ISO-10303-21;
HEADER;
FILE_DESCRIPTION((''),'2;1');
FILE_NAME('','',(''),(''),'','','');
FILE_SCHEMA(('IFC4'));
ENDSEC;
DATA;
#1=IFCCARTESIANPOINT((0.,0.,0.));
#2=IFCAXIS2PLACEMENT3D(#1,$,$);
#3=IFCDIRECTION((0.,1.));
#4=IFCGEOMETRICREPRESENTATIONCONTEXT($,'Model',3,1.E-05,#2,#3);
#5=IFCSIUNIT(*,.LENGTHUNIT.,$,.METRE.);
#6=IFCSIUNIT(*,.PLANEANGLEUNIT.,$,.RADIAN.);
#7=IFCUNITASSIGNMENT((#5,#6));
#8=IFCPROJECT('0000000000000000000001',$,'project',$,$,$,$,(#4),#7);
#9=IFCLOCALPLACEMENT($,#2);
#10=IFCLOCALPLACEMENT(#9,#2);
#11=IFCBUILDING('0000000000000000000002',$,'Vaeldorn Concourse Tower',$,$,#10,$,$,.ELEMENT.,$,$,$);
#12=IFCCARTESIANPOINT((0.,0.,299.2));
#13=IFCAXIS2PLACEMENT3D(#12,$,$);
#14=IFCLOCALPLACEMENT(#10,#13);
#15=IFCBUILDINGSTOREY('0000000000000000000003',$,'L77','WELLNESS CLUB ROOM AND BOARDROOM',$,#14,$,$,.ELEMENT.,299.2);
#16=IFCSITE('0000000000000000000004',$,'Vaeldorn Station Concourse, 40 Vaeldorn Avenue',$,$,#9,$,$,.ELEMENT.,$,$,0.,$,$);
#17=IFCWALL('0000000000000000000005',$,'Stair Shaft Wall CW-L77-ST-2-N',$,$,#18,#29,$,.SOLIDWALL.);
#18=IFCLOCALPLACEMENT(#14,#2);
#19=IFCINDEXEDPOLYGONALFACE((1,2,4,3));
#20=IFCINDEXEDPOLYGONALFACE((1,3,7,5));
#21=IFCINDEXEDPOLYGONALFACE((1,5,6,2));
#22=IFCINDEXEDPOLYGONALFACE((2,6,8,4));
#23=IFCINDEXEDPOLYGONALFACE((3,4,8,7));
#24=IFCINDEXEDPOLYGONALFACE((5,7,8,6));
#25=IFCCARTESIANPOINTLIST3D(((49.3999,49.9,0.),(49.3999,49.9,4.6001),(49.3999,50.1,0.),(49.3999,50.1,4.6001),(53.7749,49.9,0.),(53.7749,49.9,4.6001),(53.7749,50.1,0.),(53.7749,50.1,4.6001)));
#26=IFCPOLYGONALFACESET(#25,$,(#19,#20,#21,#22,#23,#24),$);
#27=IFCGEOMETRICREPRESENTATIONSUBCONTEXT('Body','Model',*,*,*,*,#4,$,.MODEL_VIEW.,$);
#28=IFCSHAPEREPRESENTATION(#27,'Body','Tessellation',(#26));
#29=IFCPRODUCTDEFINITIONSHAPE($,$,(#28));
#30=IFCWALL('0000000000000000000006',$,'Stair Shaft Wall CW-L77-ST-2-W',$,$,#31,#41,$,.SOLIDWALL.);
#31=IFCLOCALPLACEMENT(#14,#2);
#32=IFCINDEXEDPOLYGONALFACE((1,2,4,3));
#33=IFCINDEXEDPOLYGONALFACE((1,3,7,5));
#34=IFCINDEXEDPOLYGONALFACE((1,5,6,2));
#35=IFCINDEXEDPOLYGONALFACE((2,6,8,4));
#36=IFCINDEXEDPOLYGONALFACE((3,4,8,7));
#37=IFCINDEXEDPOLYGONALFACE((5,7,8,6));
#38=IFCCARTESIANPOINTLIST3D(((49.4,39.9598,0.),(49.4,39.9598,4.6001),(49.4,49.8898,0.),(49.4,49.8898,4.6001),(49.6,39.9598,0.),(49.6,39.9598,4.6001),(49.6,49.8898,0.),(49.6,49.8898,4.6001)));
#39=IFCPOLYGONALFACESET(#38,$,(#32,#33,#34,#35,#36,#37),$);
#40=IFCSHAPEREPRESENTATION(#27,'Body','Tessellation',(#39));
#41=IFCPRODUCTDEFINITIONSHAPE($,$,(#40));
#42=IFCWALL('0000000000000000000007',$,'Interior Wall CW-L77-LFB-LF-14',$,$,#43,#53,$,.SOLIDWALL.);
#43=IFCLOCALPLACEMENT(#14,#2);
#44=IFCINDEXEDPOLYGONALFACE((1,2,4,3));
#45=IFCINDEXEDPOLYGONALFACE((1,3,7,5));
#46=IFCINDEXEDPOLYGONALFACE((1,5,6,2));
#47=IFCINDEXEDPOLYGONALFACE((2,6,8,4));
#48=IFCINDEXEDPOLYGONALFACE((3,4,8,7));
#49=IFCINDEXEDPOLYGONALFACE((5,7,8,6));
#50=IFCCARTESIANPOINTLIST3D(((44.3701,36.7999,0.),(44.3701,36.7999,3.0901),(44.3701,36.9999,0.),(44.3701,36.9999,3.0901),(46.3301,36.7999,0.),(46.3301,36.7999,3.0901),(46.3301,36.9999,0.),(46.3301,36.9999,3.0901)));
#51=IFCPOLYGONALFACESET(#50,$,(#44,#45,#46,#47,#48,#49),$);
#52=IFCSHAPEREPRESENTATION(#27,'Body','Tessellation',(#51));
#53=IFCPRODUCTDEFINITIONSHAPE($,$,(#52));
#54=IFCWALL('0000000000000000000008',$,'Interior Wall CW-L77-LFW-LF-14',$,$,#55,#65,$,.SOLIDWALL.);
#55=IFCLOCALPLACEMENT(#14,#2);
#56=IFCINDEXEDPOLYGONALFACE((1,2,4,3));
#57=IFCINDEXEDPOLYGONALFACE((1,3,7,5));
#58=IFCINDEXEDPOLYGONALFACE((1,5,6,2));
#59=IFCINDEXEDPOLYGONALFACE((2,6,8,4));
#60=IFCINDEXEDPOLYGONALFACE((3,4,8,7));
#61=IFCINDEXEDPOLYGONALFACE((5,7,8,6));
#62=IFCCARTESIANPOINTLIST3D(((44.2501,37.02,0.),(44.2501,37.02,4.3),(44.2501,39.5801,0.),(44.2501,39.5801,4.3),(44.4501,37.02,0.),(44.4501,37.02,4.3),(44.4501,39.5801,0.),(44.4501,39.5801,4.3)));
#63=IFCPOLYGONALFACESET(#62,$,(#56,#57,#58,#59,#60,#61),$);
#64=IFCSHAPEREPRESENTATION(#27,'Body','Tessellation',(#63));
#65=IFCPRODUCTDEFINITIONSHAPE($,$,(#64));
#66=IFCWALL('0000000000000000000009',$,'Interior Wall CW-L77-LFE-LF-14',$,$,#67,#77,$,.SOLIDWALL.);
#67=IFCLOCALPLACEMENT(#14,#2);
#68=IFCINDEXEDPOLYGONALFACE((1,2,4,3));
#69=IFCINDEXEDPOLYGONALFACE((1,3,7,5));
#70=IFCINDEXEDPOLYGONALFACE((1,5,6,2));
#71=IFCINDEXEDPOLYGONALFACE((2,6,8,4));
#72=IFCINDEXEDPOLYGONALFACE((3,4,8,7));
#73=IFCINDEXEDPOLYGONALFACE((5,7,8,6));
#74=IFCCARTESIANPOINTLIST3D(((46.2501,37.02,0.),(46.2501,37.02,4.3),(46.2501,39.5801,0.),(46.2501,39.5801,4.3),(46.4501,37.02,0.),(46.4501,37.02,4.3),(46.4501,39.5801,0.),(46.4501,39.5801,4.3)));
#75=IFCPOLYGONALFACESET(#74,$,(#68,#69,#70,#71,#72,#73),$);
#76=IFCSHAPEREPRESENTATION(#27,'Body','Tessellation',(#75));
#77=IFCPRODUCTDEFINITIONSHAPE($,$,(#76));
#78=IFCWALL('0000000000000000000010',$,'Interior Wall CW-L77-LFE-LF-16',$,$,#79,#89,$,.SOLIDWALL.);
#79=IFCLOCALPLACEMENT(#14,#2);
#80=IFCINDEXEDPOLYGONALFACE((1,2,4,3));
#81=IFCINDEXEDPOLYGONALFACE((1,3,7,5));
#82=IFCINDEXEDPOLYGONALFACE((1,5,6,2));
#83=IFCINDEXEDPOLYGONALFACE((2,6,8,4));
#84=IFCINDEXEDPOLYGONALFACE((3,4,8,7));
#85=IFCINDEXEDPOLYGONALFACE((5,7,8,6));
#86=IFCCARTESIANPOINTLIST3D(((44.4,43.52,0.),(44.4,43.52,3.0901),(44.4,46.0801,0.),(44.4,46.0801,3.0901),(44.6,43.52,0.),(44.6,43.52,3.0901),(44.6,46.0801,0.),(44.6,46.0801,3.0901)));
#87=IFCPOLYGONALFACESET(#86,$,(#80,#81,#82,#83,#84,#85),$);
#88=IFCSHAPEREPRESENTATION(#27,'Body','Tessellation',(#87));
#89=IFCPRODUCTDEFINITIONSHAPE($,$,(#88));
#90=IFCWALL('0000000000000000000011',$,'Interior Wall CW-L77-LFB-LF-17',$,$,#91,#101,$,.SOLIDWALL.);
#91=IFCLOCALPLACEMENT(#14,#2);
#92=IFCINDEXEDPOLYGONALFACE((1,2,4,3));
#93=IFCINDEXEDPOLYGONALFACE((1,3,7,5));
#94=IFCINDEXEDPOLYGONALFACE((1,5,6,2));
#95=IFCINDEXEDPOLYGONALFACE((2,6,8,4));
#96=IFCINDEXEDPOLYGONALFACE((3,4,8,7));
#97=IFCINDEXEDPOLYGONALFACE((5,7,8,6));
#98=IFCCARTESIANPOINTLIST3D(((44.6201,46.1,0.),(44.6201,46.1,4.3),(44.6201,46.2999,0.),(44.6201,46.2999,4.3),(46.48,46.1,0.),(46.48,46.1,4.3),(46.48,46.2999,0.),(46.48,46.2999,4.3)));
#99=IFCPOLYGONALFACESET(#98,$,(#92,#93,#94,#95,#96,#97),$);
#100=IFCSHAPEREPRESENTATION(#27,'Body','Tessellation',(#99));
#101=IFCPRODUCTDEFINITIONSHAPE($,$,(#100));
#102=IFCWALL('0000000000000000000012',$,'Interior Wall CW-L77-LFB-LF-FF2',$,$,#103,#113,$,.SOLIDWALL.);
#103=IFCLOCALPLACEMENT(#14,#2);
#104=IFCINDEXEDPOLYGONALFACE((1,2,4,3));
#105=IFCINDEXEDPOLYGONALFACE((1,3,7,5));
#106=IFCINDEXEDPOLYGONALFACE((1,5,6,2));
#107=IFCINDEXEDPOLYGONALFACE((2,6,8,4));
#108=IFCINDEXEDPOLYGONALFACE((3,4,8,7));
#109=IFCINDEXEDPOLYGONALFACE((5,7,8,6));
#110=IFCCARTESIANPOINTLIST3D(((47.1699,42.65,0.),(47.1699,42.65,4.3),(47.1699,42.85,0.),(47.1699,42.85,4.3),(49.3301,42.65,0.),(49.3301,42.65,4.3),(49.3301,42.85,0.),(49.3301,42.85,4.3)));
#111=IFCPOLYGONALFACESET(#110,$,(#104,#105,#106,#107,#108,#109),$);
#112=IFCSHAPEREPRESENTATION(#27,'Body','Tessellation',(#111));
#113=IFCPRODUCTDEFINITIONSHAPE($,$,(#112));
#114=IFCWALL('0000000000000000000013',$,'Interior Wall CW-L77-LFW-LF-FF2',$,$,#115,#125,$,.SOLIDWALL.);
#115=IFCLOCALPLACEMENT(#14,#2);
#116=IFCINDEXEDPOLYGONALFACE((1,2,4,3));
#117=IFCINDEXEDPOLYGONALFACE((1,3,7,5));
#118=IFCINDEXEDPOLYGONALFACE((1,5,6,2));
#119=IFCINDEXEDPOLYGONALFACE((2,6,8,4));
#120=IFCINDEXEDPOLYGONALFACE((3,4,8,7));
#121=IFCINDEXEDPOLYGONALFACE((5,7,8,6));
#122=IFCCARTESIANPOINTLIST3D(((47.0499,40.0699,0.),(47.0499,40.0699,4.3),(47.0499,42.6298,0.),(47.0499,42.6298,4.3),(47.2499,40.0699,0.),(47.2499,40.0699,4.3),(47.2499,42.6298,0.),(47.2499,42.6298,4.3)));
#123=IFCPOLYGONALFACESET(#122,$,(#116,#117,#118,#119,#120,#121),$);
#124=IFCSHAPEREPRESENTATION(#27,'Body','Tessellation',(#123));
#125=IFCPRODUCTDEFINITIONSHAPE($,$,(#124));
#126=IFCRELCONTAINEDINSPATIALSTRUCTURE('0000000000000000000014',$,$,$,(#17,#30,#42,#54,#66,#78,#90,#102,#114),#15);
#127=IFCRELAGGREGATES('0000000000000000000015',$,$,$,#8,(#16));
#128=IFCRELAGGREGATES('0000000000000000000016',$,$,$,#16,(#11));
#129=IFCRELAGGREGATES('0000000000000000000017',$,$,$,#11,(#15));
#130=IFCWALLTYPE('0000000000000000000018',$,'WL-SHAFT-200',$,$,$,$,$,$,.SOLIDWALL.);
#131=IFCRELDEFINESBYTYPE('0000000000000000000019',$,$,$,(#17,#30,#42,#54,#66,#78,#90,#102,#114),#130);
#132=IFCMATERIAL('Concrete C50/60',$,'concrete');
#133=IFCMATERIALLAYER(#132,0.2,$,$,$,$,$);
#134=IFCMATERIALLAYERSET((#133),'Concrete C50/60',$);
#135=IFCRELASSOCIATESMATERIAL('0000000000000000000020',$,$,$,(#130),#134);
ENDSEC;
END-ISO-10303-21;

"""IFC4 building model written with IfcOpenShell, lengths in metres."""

from ifc_helpers import new_model, si_unit, direction, frame, frame_2d, origin, place, context, subcontext, project, spatial, rectangle, extrude, material, layer, layer_set, type_object, element, save


model = new_model("IFC4")

# Units and contexts
model_context = context("Model", 3, precision=1e-05, world=origin(), true_north=direction((0.0, 1.0)))
body_context = subcontext(model_context, "Body", "Model", "MODEL_VIEW")
ifc_project = project(units=[si_unit("LENGTHUNIT", "METRE"), si_unit("PLANEANGLEUNIT", "RADIAN")], contexts=[model_context])

# Site, building, storey
site_placement = place(None, origin())
site = spatial("IfcSite", under=ifc_project, at=site_placement, Name="Vaeldorn Station Concourse, 40 Vaeldorn Avenue", CompositionType="ELEMENT", RefElevation=0.0)
building_placement = place(site_placement, origin())
building = spatial("IfcBuilding", under=site, at=building_placement, Name="Vaeldorn Concourse Tower", CompositionType="ELEMENT")
storey_placement = place(building_placement, frame((0.0, 0.0, 299.2)))
storey = spatial("IfcBuildingStorey", under=building, at=storey_placement, Name="L77", Description="WELLNESS CLUB ROOM AND BOARDROOM", CompositionType="ELEMENT", Elevation=299.2)

# Shared definitions
ifc_material_1 = material(Name="Concrete C50/60", Category="concrete")

# Shared definitions
ifc_layer_1 = layer(ifc_material_1, 0.2)
ifc_layer_set_1 = layer_set([ifc_layer_1], Name="Concrete C50/60")
wall_type_1 = type_object("IfcWallType", Name="WL-SHAFT-200", PredefinedType="SOLIDWALL", material=ifc_layer_set_1)

# Walls
wall_1_placement = place(storey_placement, frame((49.3999, 50.0, 0.0), z_axis=(0.0, 0.0, 1.0), x_axis=(1.0, 0.0, 0.0)))
element("IfcWall", 1, at=wall_1_placement, inside=storey, type_object=wall_type_1, Name="Stair Shaft Wall CW-L77-ST-2-N", PredefinedType="SOLIDWALL", context=body_context, shape_type="SweptSolid", body=[
    extrude(rectangle(XDim=4.375, YDim=0.2, at=frame_2d((2.1875, 0.0))), origin(), (0.0, 0.0, 1.0), 4.6001),
])
wall_2_placement = place(storey_placement, frame((49.5, 39.96, 0.0), z_axis=(0.0, 0.0, 1.0), x_axis=(0.0, 1.0, 0.0)))
element("IfcWall", 2, at=wall_2_placement, inside=storey, type_object=wall_type_1, Name="Stair Shaft Wall CW-L77-ST-2-W", PredefinedType="SOLIDWALL", context=body_context, shape_type="SweptSolid", body=[
    extrude(rectangle(XDim=9.9299, YDim=0.2, at=frame_2d((4.9648, 0.0))), origin(), (0.0, 0.0, 1.0), 4.6001),
])

# Walls
wall_3_placement = place(storey_placement, frame((44.3701, 36.8999, 0.0), z_axis=(0.0, 0.0, 1.0), x_axis=(1.0, 0.0, 0.0)))
element("IfcWall", 3, at=wall_3_placement, inside=storey, type_object=wall_type_1, Name="Interior Wall CW-L77-LFB-LF-14", PredefinedType="SOLIDWALL", context=body_context, shape_type="SweptSolid", body=[
    extrude(rectangle(XDim=1.96, YDim=0.2, at=frame_2d((0.98, 0.0))), origin(), (0.0, 0.0, 1.0), 3.0901),
])
for number, where, z_axis, x_axis, name in (
    (4, (44.3501, 37.02, 0.0), (0.0, 0.0, 1.0), (0.0, 1.0, 0.0), "Interior Wall CW-L77-LFW-LF-14"),
    (5, (46.3501, 37.02, 0.0), (0.0, 0.0, 1.0), (0.0, 1.0, 0.0), "Interior Wall CW-L77-LFE-LF-14"),
):
    element("IfcWall", number, at=place(storey_placement, frame(where, z_axis=z_axis, x_axis=x_axis)), inside=storey, type_object=wall_type_1, Name=name, PredefinedType="SOLIDWALL", context=body_context, shape_type="SweptSolid", body=[
        extrude(rectangle(XDim=2.5601, YDim=0.2, at=frame_2d((1.28, 0.0))), origin(), (0.0, 0.0, 1.0), 4.3),
    ])
wall_4_placement = place(storey_placement, frame((44.5, 43.52, 0.0), z_axis=(0.0, 0.0, 1.0), x_axis=(0.0, 1.0, 0.0)))
element("IfcWall", 6, at=wall_4_placement, inside=storey, type_object=wall_type_1, Name="Interior Wall CW-L77-LFE-LF-16", PredefinedType="SOLIDWALL", context=body_context, shape_type="SweptSolid", body=[
    extrude(rectangle(XDim=2.5601, YDim=0.2, at=frame_2d((1.28, 0.0))), origin(), (0.0, 0.0, 1.0), 3.0901),
])

# Wall
wall_5_placement = place(storey_placement, frame((44.6201, 46.2, 0.0), z_axis=(0.0, 0.0, 1.0), x_axis=(1.0, 0.0, 0.0)))
element("IfcWall", 7, at=wall_5_placement, inside=storey, type_object=wall_type_1, Name="Interior Wall CW-L77-LFB-LF-17", PredefinedType="SOLIDWALL", context=body_context, shape_type="SweptSolid", body=[
    extrude(rectangle(XDim=1.8599, YDim=0.2, at=frame_2d((0.9299, 0.0))), origin(), (0.0, 0.0, 1.0), 4.3),
])

# Walls
wall_6_placement = place(storey_placement, frame((47.1699, 42.75, 0.0), z_axis=(0.0, 0.0, 1.0), x_axis=(1.0, 0.0, 0.0)))
element("IfcWall", 8, at=wall_6_placement, inside=storey, type_object=wall_type_1, Name="Interior Wall CW-L77-LFB-LF-FF2", PredefinedType="SOLIDWALL", context=body_context, shape_type="SweptSolid", body=[
    extrude(rectangle(XDim=2.1602, YDim=0.2, at=frame_2d((1.0801, 0.0))), origin(), (0.0, 0.0, 1.0), 4.3),
])
wall_7_placement = place(storey_placement, frame((47.1499, 40.0701, 0.0), z_axis=(0.0, 0.0, 1.0), x_axis=(0.0, 1.0, 0.0)))
element("IfcWall", 9, at=wall_7_placement, inside=storey, type_object=wall_type_1, Name="Interior Wall CW-L77-LFW-LF-FF2", PredefinedType="SOLIDWALL", context=body_context, shape_type="SweptSolid", body=[
    extrude(rectangle(XDim=2.5598, YDim=0.2, at=frame_2d((1.2798, 0.0))), origin(), (0.0, 0.0, 1.0), 4.3),
])

save(model, "model.ifc")
